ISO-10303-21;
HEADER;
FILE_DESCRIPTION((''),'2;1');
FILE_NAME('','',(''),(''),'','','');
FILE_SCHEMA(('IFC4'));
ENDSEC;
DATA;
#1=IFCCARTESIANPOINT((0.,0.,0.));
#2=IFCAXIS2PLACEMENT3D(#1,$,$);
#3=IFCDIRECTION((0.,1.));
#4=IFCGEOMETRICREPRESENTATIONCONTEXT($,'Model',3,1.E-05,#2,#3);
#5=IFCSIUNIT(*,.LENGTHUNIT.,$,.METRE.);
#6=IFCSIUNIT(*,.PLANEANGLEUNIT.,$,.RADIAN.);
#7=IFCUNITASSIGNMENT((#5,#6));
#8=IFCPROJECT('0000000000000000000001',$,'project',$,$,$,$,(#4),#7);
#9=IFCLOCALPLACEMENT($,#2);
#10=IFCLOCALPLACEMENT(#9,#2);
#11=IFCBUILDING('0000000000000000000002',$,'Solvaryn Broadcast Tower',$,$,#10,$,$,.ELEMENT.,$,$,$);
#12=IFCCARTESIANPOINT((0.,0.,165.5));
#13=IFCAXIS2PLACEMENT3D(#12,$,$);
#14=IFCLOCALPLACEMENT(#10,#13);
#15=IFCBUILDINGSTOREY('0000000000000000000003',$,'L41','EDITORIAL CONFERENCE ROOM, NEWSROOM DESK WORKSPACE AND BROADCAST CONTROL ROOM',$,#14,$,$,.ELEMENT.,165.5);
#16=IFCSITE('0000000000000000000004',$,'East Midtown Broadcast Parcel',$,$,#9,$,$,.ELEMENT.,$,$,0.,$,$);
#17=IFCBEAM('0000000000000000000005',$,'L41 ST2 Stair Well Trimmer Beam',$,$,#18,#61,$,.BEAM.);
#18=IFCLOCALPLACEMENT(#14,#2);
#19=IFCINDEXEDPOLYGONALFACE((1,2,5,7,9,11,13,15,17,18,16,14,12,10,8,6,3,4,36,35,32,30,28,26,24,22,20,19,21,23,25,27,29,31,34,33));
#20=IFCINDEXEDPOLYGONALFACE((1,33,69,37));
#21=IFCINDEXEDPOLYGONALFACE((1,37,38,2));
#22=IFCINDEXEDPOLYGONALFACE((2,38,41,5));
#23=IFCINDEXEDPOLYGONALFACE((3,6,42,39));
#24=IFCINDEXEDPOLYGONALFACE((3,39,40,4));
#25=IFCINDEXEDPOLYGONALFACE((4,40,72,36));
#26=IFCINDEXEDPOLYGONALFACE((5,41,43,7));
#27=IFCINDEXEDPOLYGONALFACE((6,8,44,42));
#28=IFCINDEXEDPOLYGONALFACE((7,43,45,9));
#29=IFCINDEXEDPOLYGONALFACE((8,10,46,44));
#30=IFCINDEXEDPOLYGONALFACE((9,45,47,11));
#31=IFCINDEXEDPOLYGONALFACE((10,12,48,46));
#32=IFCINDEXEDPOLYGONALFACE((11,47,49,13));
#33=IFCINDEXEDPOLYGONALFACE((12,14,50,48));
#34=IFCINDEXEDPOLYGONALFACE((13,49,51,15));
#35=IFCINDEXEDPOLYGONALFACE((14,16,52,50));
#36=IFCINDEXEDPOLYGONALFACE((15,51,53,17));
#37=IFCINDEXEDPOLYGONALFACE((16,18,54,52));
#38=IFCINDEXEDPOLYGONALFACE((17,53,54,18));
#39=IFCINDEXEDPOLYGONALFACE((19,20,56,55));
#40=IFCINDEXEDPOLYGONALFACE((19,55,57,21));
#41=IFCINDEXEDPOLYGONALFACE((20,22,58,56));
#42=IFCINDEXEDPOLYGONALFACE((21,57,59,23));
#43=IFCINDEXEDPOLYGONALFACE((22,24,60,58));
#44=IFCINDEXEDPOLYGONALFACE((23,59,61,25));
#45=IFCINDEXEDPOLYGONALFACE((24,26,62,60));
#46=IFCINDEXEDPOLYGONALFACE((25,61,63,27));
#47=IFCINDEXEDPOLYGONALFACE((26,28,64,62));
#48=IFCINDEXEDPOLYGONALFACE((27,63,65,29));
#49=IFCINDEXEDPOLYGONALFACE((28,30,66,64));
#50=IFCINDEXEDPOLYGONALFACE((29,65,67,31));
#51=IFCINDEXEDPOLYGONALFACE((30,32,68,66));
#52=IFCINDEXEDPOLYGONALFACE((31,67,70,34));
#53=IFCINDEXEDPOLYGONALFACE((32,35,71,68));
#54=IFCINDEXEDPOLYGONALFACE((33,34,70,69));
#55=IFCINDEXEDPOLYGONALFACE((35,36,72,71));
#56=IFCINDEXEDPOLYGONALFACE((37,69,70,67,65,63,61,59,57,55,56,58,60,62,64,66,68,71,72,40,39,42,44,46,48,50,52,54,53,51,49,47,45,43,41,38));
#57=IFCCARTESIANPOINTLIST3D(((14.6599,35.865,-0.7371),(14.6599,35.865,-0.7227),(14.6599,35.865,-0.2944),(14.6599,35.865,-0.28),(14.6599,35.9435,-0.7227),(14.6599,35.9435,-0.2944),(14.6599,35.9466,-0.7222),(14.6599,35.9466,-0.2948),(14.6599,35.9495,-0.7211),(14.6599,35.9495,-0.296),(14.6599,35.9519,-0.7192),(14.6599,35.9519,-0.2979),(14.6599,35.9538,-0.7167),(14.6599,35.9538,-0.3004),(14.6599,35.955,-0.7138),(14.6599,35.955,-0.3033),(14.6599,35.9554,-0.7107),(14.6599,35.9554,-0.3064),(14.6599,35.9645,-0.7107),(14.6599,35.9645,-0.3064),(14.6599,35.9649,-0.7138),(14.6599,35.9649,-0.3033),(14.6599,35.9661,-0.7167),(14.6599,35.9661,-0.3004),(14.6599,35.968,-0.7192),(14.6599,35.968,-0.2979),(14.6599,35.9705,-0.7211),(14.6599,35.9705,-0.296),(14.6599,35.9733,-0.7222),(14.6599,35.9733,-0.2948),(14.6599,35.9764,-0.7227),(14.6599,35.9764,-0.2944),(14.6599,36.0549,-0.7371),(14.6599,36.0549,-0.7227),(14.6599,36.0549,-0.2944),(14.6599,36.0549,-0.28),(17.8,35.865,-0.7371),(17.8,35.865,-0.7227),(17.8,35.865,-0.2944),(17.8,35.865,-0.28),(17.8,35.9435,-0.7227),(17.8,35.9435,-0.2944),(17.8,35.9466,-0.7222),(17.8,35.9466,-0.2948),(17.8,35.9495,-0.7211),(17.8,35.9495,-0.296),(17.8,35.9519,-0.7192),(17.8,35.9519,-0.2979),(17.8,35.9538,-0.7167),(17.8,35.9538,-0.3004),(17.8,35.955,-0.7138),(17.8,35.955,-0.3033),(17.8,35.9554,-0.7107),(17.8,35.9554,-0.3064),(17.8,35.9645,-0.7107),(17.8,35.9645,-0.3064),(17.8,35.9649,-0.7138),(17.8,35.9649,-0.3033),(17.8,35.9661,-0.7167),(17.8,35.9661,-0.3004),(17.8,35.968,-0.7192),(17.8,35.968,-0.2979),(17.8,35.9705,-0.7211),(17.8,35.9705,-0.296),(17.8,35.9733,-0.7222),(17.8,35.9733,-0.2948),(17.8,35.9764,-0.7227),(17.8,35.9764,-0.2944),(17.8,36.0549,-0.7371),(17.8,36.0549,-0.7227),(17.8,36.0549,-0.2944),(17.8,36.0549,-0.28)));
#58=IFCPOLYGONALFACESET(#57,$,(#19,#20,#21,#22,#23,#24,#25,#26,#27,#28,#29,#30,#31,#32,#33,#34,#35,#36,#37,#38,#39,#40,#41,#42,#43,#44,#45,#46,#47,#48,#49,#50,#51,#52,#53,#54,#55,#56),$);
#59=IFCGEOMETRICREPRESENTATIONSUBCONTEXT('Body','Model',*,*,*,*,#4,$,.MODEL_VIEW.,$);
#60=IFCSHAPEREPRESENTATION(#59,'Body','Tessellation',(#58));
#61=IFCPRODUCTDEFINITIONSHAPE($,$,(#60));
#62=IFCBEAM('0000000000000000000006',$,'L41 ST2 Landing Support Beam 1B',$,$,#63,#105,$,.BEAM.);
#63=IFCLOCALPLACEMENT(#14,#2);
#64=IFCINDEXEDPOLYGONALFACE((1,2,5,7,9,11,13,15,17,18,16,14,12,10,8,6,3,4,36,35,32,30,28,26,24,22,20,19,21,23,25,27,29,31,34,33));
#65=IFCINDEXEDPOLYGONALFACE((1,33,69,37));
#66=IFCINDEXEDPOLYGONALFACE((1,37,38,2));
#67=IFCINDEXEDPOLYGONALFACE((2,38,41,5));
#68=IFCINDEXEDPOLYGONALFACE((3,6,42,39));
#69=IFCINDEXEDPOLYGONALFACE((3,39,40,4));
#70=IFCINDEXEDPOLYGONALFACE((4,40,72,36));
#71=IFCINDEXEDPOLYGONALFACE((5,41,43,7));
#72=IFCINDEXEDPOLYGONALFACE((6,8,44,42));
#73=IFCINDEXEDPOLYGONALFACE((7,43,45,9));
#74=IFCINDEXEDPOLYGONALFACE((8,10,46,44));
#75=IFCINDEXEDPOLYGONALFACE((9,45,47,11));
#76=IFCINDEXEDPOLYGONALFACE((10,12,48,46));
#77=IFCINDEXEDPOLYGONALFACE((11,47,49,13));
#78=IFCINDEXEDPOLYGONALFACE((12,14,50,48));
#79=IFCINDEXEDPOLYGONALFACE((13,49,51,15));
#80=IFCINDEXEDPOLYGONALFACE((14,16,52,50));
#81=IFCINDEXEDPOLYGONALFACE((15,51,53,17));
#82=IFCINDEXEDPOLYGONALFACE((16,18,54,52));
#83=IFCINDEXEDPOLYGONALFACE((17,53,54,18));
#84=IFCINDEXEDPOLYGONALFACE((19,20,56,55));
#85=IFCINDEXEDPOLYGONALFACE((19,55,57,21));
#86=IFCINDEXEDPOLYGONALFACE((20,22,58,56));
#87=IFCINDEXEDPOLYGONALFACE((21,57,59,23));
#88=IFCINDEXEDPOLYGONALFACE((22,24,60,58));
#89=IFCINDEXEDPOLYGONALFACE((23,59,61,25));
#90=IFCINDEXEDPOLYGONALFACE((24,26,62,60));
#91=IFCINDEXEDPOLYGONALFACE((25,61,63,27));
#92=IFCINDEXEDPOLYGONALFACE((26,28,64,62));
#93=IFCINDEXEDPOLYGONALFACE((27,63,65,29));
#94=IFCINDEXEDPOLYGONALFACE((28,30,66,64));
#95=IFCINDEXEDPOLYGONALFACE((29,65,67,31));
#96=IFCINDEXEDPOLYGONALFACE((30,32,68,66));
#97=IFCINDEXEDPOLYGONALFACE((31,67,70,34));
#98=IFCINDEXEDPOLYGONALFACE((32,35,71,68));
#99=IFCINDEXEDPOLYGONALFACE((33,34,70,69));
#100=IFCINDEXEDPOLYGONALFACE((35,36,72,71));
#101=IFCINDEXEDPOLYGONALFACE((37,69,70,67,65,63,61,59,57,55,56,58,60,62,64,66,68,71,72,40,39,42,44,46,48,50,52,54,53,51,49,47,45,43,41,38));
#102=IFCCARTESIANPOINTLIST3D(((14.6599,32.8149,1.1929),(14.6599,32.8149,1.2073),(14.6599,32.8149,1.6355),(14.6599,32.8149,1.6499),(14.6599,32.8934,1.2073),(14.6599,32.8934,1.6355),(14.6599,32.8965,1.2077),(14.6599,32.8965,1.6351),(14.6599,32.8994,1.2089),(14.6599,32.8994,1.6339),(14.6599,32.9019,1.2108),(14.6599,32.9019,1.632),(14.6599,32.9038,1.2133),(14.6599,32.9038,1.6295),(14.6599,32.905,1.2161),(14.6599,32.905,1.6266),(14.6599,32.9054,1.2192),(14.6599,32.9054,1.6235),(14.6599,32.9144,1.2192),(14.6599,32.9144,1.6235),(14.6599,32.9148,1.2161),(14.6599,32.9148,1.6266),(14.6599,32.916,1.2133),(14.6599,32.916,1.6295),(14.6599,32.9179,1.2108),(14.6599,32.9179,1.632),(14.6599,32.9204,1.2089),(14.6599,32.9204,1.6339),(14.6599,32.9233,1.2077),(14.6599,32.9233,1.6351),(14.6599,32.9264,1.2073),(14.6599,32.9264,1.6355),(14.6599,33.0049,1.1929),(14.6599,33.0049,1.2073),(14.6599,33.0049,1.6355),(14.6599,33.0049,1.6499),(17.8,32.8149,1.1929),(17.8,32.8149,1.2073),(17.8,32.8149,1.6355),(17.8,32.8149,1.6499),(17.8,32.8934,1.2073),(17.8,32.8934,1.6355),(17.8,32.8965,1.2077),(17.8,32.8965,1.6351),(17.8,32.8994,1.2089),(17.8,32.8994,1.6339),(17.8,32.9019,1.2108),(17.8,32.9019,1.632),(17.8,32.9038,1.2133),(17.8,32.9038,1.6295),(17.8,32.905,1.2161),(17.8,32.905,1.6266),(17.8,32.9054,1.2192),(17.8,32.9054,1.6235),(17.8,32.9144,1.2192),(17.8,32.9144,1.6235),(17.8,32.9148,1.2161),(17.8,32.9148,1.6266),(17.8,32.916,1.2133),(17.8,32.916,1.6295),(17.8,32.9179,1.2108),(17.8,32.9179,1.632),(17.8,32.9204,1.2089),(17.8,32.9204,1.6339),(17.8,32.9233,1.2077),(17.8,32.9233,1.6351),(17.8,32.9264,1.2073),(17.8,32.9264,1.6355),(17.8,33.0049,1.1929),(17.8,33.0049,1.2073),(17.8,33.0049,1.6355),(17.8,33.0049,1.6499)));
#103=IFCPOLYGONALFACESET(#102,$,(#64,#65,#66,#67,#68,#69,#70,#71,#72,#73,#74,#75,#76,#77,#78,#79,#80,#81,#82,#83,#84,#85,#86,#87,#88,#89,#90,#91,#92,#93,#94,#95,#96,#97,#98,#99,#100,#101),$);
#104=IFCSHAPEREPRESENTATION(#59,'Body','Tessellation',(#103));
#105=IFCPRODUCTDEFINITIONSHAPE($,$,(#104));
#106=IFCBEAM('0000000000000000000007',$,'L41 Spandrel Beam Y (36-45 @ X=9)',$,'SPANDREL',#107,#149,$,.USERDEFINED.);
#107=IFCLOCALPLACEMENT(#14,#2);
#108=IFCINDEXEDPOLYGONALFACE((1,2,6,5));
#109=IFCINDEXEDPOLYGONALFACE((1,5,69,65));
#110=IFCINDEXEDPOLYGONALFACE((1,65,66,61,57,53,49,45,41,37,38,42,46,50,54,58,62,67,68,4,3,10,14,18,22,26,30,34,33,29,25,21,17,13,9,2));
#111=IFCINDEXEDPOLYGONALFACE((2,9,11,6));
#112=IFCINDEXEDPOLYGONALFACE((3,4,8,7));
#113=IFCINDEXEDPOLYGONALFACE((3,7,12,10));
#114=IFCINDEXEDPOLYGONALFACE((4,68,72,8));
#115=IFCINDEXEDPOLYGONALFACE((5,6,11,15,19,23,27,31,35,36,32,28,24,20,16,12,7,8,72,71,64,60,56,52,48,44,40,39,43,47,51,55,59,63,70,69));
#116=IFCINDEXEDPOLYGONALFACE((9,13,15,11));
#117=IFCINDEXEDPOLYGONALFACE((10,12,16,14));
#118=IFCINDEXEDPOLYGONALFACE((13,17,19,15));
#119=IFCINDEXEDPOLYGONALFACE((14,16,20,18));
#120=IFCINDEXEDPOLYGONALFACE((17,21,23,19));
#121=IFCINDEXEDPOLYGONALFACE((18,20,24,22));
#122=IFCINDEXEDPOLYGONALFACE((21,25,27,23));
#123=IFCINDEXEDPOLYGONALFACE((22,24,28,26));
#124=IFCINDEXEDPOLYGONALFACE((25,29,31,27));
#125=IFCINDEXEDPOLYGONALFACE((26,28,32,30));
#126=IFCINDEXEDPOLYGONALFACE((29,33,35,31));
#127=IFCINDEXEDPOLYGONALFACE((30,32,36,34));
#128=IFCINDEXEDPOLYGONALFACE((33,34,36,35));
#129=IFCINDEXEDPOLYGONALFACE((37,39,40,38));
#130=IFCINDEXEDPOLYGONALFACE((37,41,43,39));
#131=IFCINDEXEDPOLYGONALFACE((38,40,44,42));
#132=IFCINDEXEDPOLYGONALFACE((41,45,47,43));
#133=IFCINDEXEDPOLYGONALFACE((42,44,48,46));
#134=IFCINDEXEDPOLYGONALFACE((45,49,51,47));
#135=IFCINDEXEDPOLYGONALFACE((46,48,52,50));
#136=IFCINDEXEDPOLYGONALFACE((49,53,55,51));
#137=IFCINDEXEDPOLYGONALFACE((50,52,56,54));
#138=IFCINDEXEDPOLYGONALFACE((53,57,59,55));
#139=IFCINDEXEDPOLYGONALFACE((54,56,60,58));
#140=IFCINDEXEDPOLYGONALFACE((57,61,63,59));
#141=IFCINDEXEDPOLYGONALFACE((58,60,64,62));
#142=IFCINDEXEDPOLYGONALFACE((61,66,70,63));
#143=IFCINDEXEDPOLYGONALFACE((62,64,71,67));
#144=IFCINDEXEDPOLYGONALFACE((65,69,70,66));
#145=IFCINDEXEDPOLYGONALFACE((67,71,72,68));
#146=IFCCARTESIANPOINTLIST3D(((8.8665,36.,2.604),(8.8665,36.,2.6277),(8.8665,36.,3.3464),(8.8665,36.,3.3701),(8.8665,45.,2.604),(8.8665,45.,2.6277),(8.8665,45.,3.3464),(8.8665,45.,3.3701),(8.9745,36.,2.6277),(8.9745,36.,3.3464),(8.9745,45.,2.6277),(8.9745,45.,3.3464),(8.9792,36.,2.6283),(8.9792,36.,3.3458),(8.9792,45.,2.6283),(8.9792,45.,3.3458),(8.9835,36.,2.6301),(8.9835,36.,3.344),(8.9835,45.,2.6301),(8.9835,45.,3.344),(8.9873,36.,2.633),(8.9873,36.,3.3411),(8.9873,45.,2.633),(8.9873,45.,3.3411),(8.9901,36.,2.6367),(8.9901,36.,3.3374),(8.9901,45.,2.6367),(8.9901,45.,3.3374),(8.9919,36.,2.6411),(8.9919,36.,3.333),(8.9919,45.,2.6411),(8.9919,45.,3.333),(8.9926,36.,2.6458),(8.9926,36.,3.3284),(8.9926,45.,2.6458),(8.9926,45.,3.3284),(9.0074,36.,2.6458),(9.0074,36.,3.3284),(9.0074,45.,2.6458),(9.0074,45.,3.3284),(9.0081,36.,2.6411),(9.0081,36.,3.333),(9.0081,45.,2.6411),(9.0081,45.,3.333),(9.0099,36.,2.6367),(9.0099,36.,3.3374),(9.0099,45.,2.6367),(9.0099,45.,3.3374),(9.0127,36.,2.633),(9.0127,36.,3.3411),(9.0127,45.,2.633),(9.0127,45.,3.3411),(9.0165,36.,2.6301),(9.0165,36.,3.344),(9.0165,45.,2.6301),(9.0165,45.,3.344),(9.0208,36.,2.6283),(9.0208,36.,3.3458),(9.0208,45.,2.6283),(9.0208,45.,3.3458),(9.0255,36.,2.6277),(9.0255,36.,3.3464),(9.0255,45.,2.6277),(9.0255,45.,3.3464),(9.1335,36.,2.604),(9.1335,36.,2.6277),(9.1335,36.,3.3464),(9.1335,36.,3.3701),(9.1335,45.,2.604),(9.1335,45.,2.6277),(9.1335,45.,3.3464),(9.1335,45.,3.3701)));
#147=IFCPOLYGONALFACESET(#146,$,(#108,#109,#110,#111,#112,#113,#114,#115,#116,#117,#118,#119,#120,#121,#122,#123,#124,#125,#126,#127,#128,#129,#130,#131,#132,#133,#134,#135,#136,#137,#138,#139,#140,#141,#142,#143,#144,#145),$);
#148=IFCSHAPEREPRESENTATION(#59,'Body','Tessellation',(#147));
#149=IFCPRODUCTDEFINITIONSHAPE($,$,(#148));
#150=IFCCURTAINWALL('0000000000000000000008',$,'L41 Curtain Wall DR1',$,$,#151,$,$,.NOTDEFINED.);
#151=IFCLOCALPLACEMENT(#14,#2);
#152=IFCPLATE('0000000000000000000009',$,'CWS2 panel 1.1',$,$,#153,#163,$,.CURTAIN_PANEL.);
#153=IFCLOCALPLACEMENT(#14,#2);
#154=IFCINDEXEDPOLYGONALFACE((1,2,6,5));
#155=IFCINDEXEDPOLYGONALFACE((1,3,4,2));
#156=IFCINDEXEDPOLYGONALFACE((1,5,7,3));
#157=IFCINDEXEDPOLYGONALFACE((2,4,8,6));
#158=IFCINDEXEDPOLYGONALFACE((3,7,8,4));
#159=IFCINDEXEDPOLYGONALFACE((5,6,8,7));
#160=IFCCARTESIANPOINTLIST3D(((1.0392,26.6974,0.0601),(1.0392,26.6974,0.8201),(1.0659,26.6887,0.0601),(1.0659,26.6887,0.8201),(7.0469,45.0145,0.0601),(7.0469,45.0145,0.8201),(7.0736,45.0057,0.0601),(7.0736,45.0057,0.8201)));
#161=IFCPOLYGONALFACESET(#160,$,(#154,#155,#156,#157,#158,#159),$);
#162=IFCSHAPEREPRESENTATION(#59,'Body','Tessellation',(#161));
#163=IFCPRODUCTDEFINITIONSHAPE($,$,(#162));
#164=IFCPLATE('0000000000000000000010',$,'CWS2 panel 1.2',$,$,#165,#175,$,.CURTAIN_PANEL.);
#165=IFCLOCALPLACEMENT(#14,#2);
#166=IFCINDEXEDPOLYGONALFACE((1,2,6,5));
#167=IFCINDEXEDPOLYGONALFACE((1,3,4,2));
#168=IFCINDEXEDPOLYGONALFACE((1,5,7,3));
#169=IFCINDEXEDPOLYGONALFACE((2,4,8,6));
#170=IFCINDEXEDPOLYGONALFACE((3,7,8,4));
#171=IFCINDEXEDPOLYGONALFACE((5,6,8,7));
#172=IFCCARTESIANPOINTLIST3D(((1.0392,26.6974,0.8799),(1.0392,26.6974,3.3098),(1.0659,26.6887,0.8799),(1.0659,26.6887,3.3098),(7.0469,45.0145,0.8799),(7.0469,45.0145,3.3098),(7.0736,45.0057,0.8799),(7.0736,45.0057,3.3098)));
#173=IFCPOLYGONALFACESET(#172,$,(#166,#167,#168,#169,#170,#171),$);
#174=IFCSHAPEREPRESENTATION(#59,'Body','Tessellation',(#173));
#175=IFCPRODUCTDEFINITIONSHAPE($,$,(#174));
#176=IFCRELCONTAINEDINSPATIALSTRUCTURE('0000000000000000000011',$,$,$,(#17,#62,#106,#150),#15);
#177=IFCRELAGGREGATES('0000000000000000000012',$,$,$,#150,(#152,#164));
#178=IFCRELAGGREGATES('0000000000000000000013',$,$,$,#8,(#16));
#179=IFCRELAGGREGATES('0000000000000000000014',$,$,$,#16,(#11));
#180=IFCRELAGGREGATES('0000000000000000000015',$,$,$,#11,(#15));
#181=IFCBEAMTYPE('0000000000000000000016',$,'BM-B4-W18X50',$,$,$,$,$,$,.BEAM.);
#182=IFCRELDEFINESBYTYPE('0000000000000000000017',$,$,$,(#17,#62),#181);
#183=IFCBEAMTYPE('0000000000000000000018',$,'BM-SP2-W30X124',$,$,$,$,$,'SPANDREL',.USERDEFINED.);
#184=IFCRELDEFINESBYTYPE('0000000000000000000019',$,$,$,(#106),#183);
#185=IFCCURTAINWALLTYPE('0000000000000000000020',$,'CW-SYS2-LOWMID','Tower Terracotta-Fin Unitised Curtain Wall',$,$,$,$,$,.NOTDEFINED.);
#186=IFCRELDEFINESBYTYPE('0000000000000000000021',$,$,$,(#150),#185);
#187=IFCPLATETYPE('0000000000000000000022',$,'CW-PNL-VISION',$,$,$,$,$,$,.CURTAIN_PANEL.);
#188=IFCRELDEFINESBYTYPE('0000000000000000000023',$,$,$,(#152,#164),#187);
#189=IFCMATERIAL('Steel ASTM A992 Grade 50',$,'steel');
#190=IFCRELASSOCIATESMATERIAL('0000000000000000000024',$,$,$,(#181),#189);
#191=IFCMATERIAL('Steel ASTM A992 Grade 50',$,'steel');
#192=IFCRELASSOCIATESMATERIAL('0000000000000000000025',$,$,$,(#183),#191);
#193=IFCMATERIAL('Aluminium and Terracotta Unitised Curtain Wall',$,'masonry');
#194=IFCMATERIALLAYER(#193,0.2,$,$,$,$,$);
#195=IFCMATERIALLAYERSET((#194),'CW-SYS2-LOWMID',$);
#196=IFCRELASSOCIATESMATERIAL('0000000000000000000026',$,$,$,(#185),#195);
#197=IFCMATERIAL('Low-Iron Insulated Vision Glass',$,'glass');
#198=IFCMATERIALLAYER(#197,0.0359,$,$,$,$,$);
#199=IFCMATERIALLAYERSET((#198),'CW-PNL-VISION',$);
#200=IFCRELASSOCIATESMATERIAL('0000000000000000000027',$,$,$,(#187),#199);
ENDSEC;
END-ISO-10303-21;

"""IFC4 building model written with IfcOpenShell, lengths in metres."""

from ifc_helpers import new_model, si_unit, direction, frame, origin, origin_2d, place, context, subcontext, project, spatial, rectangle, i_section, extrude, material, layer, layer_set, material_profile, profile_set, type_object, element, aggregate, save


model = new_model("IFC4")

# Units and contexts
model_context = context("Model", 3, precision=1e-05, world=origin(), true_north=direction((0.0, 1.0)))
body_context = subcontext(model_context, "Body", "Model", "MODEL_VIEW")
ifc_project = project(units=[si_unit("LENGTHUNIT", "METRE"), si_unit("PLANEANGLEUNIT", "RADIAN")], contexts=[model_context])

# Site, building, storey
site_placement = place(None, origin())
site = spatial("IfcSite", under=ifc_project, at=site_placement, Name="East Midtown Broadcast Parcel", CompositionType="ELEMENT", RefElevation=0.0)
building_placement = place(site_placement, origin())
building = spatial("IfcBuilding", under=site, at=building_placement, Name="Solvaryn Broadcast Tower", CompositionType="ELEMENT")
storey_placement = place(building_placement, frame((0.0, 0.0, 165.5)))
storey = spatial("IfcBuildingStorey", under=building, at=storey_placement, Name="L41", Description="EDITORIAL CONFERENCE ROOM, NEWSROOM DESK WORKSPACE AND BROADCAST CONTROL ROOM", CompositionType="ELEMENT", Elevation=165.5)

# Beams
ifc_material_1 = material(Name="Steel ASTM A992 Grade 50", Category="steel")
ifc_material_profile_1 = material_profile(ifc_material_1, i_section(OverallWidth=0.1899, OverallDepth=0.457, WebThickness=0.009, FlangeThickness=0.0144, FilletRadius=0.012, at=origin_2d()))
ifc_profile_set_1 = profile_set([ifc_material_profile_1], Name="Steel ASTM A992 Grade 50")
beam_type_1 = type_object("IfcBeamType", Name="BM-B4-W18X50", PredefinedType="BEAM", material=ifc_profile_set_1)
for number, where, z_axis, x_axis, name in (
    (1, (14.6599, 35.96, -0.5085), (1.0, 0.0, 0.0), (0.0, 1.0, 0.0), "L41 ST2 Stair Well Trimmer Beam"),
    (2, (14.6599, 32.9099, 1.4214), (1.0, 0.0, 0.0), (0.0, 1.0, 0.0), "L41 ST2 Landing Support Beam 1B"),
):
    element("IfcBeam", number, at=place(storey_placement, frame(where, z_axis=z_axis, x_axis=x_axis)), inside=storey, type_object=beam_type_1, Name=name, PredefinedType="BEAM", context=body_context, shape_type="SweptSolid", body=[
        extrude(i_section(OverallWidth=0.1899, OverallDepth=0.457, WebThickness=0.009, FlangeThickness=0.0144, FilletRadius=0.012, at=origin_2d()), origin(), (0.0, 0.0, 1.0), 3.1401),
    ])
ifc_material_2 = material(Name="Steel ASTM A992 Grade 50", Category="steel")
ifc_material_profile_2 = material_profile(ifc_material_2, i_section(OverallWidth=0.2671, OverallDepth=0.7661, WebThickness=0.0149, FlangeThickness=0.0237, FilletRadius=0.0181, at=origin_2d()))
ifc_profile_set_2 = profile_set([ifc_material_profile_2], Name="Steel ASTM A992 Grade 50")
beam_type_2 = type_object("IfcBeamType", Name="BM-SP2-W30X124", ElementType="SPANDREL", PredefinedType="USERDEFINED", material=ifc_profile_set_2)
beam_1_placement = place(storey_placement, frame((9.0, 36.0, 2.9871), z_axis=(0.0, 1.0, 0.0), x_axis=(-1.0, 0.0, 0.0)))
element("IfcBeam", 3, at=beam_1_placement, inside=storey, type_object=beam_type_2, Name="L41 Spandrel Beam Y (36-45 @ X=9)", ObjectType="SPANDREL", PredefinedType="USERDEFINED", context=body_context, shape_type="SweptSolid", body=[
    extrude(i_section(OverallWidth=0.2671, OverallDepth=0.7661, WebThickness=0.0149, FlangeThickness=0.0237, FilletRadius=0.0181, at=origin_2d()), origin(), (0.0, 0.0, 1.0), 9.0),
])

# Curtain wall, plates
ifc_material_3 = material(Name="Aluminium and Terracotta Unitised Curtain Wall", Category="masonry")
ifc_layer_1 = layer(ifc_material_3, 0.2)
ifc_layer_set_1 = layer_set([ifc_layer_1], Name="CW-SYS2-LOWMID")
curtain_wall_type = type_object("IfcCurtainWallType", Name="CW-SYS2-LOWMID", Description="Tower Terracotta-Fin Unitised Curtain Wall", PredefinedType="NOTDEFINED", material=ifc_layer_set_1)
curtain_wall_placement = place(storey_placement, origin())
curtain_wall = element("IfcCurtainWall", 4, at=curtain_wall_placement, inside=storey, type_object=curtain_wall_type, Name="L41 Curtain Wall DR1", PredefinedType="NOTDEFINED")
ifc_material_4 = material(Name="Low-Iron Insulated Vision Glass", Category="glass")
ifc_layer_2 = layer(ifc_material_4, 0.0359)
ifc_layer_set_2 = layer_set([ifc_layer_2], Name="CW-PNL-VISION")
plate_type = type_object("IfcPlateType", Name="CW-PNL-VISION", PredefinedType="CURTAIN_PANEL", material=ifc_layer_set_2)
plate_1_placement = place(storey_placement, frame((4.0564, 35.8516, 0.0601), z_axis=(0.0, 0.0, 1.0), x_axis=(-0.311646, -0.950198, 0.0)))
plate_1 = element("IfcPlate", 5, at=plate_1_placement, type_object=plate_type, Name="CWS2 panel 1.1", PredefinedType="CURTAIN_PANEL", context=body_context, shape_type="SweptSolid", body=[
    extrude(rectangle(XDim=19.2771, YDim=0.0281, at=origin_2d()), origin(), (0.0, 0.0, 1.0), 0.76),
])
plate_2_placement = place(storey_placement, frame((4.0564, 35.8516, 0.8799), z_axis=(0.0, 0.0, 1.0), x_axis=(-0.311646, -0.950198, 0.0)))
plate_2 = element("IfcPlate", 6, at=plate_2_placement, type_object=plate_type, Name="CWS2 panel 1.2", PredefinedType="CURTAIN_PANEL", context=body_context, shape_type="SweptSolid", body=[
    extrude(rectangle(XDim=19.2771, YDim=0.0281, at=origin_2d()), origin(), (0.0, 0.0, 1.0), 2.4299),
])
aggregate(curtain_wall, [plate_1, plate_2])

save(model, "model.ifc")
